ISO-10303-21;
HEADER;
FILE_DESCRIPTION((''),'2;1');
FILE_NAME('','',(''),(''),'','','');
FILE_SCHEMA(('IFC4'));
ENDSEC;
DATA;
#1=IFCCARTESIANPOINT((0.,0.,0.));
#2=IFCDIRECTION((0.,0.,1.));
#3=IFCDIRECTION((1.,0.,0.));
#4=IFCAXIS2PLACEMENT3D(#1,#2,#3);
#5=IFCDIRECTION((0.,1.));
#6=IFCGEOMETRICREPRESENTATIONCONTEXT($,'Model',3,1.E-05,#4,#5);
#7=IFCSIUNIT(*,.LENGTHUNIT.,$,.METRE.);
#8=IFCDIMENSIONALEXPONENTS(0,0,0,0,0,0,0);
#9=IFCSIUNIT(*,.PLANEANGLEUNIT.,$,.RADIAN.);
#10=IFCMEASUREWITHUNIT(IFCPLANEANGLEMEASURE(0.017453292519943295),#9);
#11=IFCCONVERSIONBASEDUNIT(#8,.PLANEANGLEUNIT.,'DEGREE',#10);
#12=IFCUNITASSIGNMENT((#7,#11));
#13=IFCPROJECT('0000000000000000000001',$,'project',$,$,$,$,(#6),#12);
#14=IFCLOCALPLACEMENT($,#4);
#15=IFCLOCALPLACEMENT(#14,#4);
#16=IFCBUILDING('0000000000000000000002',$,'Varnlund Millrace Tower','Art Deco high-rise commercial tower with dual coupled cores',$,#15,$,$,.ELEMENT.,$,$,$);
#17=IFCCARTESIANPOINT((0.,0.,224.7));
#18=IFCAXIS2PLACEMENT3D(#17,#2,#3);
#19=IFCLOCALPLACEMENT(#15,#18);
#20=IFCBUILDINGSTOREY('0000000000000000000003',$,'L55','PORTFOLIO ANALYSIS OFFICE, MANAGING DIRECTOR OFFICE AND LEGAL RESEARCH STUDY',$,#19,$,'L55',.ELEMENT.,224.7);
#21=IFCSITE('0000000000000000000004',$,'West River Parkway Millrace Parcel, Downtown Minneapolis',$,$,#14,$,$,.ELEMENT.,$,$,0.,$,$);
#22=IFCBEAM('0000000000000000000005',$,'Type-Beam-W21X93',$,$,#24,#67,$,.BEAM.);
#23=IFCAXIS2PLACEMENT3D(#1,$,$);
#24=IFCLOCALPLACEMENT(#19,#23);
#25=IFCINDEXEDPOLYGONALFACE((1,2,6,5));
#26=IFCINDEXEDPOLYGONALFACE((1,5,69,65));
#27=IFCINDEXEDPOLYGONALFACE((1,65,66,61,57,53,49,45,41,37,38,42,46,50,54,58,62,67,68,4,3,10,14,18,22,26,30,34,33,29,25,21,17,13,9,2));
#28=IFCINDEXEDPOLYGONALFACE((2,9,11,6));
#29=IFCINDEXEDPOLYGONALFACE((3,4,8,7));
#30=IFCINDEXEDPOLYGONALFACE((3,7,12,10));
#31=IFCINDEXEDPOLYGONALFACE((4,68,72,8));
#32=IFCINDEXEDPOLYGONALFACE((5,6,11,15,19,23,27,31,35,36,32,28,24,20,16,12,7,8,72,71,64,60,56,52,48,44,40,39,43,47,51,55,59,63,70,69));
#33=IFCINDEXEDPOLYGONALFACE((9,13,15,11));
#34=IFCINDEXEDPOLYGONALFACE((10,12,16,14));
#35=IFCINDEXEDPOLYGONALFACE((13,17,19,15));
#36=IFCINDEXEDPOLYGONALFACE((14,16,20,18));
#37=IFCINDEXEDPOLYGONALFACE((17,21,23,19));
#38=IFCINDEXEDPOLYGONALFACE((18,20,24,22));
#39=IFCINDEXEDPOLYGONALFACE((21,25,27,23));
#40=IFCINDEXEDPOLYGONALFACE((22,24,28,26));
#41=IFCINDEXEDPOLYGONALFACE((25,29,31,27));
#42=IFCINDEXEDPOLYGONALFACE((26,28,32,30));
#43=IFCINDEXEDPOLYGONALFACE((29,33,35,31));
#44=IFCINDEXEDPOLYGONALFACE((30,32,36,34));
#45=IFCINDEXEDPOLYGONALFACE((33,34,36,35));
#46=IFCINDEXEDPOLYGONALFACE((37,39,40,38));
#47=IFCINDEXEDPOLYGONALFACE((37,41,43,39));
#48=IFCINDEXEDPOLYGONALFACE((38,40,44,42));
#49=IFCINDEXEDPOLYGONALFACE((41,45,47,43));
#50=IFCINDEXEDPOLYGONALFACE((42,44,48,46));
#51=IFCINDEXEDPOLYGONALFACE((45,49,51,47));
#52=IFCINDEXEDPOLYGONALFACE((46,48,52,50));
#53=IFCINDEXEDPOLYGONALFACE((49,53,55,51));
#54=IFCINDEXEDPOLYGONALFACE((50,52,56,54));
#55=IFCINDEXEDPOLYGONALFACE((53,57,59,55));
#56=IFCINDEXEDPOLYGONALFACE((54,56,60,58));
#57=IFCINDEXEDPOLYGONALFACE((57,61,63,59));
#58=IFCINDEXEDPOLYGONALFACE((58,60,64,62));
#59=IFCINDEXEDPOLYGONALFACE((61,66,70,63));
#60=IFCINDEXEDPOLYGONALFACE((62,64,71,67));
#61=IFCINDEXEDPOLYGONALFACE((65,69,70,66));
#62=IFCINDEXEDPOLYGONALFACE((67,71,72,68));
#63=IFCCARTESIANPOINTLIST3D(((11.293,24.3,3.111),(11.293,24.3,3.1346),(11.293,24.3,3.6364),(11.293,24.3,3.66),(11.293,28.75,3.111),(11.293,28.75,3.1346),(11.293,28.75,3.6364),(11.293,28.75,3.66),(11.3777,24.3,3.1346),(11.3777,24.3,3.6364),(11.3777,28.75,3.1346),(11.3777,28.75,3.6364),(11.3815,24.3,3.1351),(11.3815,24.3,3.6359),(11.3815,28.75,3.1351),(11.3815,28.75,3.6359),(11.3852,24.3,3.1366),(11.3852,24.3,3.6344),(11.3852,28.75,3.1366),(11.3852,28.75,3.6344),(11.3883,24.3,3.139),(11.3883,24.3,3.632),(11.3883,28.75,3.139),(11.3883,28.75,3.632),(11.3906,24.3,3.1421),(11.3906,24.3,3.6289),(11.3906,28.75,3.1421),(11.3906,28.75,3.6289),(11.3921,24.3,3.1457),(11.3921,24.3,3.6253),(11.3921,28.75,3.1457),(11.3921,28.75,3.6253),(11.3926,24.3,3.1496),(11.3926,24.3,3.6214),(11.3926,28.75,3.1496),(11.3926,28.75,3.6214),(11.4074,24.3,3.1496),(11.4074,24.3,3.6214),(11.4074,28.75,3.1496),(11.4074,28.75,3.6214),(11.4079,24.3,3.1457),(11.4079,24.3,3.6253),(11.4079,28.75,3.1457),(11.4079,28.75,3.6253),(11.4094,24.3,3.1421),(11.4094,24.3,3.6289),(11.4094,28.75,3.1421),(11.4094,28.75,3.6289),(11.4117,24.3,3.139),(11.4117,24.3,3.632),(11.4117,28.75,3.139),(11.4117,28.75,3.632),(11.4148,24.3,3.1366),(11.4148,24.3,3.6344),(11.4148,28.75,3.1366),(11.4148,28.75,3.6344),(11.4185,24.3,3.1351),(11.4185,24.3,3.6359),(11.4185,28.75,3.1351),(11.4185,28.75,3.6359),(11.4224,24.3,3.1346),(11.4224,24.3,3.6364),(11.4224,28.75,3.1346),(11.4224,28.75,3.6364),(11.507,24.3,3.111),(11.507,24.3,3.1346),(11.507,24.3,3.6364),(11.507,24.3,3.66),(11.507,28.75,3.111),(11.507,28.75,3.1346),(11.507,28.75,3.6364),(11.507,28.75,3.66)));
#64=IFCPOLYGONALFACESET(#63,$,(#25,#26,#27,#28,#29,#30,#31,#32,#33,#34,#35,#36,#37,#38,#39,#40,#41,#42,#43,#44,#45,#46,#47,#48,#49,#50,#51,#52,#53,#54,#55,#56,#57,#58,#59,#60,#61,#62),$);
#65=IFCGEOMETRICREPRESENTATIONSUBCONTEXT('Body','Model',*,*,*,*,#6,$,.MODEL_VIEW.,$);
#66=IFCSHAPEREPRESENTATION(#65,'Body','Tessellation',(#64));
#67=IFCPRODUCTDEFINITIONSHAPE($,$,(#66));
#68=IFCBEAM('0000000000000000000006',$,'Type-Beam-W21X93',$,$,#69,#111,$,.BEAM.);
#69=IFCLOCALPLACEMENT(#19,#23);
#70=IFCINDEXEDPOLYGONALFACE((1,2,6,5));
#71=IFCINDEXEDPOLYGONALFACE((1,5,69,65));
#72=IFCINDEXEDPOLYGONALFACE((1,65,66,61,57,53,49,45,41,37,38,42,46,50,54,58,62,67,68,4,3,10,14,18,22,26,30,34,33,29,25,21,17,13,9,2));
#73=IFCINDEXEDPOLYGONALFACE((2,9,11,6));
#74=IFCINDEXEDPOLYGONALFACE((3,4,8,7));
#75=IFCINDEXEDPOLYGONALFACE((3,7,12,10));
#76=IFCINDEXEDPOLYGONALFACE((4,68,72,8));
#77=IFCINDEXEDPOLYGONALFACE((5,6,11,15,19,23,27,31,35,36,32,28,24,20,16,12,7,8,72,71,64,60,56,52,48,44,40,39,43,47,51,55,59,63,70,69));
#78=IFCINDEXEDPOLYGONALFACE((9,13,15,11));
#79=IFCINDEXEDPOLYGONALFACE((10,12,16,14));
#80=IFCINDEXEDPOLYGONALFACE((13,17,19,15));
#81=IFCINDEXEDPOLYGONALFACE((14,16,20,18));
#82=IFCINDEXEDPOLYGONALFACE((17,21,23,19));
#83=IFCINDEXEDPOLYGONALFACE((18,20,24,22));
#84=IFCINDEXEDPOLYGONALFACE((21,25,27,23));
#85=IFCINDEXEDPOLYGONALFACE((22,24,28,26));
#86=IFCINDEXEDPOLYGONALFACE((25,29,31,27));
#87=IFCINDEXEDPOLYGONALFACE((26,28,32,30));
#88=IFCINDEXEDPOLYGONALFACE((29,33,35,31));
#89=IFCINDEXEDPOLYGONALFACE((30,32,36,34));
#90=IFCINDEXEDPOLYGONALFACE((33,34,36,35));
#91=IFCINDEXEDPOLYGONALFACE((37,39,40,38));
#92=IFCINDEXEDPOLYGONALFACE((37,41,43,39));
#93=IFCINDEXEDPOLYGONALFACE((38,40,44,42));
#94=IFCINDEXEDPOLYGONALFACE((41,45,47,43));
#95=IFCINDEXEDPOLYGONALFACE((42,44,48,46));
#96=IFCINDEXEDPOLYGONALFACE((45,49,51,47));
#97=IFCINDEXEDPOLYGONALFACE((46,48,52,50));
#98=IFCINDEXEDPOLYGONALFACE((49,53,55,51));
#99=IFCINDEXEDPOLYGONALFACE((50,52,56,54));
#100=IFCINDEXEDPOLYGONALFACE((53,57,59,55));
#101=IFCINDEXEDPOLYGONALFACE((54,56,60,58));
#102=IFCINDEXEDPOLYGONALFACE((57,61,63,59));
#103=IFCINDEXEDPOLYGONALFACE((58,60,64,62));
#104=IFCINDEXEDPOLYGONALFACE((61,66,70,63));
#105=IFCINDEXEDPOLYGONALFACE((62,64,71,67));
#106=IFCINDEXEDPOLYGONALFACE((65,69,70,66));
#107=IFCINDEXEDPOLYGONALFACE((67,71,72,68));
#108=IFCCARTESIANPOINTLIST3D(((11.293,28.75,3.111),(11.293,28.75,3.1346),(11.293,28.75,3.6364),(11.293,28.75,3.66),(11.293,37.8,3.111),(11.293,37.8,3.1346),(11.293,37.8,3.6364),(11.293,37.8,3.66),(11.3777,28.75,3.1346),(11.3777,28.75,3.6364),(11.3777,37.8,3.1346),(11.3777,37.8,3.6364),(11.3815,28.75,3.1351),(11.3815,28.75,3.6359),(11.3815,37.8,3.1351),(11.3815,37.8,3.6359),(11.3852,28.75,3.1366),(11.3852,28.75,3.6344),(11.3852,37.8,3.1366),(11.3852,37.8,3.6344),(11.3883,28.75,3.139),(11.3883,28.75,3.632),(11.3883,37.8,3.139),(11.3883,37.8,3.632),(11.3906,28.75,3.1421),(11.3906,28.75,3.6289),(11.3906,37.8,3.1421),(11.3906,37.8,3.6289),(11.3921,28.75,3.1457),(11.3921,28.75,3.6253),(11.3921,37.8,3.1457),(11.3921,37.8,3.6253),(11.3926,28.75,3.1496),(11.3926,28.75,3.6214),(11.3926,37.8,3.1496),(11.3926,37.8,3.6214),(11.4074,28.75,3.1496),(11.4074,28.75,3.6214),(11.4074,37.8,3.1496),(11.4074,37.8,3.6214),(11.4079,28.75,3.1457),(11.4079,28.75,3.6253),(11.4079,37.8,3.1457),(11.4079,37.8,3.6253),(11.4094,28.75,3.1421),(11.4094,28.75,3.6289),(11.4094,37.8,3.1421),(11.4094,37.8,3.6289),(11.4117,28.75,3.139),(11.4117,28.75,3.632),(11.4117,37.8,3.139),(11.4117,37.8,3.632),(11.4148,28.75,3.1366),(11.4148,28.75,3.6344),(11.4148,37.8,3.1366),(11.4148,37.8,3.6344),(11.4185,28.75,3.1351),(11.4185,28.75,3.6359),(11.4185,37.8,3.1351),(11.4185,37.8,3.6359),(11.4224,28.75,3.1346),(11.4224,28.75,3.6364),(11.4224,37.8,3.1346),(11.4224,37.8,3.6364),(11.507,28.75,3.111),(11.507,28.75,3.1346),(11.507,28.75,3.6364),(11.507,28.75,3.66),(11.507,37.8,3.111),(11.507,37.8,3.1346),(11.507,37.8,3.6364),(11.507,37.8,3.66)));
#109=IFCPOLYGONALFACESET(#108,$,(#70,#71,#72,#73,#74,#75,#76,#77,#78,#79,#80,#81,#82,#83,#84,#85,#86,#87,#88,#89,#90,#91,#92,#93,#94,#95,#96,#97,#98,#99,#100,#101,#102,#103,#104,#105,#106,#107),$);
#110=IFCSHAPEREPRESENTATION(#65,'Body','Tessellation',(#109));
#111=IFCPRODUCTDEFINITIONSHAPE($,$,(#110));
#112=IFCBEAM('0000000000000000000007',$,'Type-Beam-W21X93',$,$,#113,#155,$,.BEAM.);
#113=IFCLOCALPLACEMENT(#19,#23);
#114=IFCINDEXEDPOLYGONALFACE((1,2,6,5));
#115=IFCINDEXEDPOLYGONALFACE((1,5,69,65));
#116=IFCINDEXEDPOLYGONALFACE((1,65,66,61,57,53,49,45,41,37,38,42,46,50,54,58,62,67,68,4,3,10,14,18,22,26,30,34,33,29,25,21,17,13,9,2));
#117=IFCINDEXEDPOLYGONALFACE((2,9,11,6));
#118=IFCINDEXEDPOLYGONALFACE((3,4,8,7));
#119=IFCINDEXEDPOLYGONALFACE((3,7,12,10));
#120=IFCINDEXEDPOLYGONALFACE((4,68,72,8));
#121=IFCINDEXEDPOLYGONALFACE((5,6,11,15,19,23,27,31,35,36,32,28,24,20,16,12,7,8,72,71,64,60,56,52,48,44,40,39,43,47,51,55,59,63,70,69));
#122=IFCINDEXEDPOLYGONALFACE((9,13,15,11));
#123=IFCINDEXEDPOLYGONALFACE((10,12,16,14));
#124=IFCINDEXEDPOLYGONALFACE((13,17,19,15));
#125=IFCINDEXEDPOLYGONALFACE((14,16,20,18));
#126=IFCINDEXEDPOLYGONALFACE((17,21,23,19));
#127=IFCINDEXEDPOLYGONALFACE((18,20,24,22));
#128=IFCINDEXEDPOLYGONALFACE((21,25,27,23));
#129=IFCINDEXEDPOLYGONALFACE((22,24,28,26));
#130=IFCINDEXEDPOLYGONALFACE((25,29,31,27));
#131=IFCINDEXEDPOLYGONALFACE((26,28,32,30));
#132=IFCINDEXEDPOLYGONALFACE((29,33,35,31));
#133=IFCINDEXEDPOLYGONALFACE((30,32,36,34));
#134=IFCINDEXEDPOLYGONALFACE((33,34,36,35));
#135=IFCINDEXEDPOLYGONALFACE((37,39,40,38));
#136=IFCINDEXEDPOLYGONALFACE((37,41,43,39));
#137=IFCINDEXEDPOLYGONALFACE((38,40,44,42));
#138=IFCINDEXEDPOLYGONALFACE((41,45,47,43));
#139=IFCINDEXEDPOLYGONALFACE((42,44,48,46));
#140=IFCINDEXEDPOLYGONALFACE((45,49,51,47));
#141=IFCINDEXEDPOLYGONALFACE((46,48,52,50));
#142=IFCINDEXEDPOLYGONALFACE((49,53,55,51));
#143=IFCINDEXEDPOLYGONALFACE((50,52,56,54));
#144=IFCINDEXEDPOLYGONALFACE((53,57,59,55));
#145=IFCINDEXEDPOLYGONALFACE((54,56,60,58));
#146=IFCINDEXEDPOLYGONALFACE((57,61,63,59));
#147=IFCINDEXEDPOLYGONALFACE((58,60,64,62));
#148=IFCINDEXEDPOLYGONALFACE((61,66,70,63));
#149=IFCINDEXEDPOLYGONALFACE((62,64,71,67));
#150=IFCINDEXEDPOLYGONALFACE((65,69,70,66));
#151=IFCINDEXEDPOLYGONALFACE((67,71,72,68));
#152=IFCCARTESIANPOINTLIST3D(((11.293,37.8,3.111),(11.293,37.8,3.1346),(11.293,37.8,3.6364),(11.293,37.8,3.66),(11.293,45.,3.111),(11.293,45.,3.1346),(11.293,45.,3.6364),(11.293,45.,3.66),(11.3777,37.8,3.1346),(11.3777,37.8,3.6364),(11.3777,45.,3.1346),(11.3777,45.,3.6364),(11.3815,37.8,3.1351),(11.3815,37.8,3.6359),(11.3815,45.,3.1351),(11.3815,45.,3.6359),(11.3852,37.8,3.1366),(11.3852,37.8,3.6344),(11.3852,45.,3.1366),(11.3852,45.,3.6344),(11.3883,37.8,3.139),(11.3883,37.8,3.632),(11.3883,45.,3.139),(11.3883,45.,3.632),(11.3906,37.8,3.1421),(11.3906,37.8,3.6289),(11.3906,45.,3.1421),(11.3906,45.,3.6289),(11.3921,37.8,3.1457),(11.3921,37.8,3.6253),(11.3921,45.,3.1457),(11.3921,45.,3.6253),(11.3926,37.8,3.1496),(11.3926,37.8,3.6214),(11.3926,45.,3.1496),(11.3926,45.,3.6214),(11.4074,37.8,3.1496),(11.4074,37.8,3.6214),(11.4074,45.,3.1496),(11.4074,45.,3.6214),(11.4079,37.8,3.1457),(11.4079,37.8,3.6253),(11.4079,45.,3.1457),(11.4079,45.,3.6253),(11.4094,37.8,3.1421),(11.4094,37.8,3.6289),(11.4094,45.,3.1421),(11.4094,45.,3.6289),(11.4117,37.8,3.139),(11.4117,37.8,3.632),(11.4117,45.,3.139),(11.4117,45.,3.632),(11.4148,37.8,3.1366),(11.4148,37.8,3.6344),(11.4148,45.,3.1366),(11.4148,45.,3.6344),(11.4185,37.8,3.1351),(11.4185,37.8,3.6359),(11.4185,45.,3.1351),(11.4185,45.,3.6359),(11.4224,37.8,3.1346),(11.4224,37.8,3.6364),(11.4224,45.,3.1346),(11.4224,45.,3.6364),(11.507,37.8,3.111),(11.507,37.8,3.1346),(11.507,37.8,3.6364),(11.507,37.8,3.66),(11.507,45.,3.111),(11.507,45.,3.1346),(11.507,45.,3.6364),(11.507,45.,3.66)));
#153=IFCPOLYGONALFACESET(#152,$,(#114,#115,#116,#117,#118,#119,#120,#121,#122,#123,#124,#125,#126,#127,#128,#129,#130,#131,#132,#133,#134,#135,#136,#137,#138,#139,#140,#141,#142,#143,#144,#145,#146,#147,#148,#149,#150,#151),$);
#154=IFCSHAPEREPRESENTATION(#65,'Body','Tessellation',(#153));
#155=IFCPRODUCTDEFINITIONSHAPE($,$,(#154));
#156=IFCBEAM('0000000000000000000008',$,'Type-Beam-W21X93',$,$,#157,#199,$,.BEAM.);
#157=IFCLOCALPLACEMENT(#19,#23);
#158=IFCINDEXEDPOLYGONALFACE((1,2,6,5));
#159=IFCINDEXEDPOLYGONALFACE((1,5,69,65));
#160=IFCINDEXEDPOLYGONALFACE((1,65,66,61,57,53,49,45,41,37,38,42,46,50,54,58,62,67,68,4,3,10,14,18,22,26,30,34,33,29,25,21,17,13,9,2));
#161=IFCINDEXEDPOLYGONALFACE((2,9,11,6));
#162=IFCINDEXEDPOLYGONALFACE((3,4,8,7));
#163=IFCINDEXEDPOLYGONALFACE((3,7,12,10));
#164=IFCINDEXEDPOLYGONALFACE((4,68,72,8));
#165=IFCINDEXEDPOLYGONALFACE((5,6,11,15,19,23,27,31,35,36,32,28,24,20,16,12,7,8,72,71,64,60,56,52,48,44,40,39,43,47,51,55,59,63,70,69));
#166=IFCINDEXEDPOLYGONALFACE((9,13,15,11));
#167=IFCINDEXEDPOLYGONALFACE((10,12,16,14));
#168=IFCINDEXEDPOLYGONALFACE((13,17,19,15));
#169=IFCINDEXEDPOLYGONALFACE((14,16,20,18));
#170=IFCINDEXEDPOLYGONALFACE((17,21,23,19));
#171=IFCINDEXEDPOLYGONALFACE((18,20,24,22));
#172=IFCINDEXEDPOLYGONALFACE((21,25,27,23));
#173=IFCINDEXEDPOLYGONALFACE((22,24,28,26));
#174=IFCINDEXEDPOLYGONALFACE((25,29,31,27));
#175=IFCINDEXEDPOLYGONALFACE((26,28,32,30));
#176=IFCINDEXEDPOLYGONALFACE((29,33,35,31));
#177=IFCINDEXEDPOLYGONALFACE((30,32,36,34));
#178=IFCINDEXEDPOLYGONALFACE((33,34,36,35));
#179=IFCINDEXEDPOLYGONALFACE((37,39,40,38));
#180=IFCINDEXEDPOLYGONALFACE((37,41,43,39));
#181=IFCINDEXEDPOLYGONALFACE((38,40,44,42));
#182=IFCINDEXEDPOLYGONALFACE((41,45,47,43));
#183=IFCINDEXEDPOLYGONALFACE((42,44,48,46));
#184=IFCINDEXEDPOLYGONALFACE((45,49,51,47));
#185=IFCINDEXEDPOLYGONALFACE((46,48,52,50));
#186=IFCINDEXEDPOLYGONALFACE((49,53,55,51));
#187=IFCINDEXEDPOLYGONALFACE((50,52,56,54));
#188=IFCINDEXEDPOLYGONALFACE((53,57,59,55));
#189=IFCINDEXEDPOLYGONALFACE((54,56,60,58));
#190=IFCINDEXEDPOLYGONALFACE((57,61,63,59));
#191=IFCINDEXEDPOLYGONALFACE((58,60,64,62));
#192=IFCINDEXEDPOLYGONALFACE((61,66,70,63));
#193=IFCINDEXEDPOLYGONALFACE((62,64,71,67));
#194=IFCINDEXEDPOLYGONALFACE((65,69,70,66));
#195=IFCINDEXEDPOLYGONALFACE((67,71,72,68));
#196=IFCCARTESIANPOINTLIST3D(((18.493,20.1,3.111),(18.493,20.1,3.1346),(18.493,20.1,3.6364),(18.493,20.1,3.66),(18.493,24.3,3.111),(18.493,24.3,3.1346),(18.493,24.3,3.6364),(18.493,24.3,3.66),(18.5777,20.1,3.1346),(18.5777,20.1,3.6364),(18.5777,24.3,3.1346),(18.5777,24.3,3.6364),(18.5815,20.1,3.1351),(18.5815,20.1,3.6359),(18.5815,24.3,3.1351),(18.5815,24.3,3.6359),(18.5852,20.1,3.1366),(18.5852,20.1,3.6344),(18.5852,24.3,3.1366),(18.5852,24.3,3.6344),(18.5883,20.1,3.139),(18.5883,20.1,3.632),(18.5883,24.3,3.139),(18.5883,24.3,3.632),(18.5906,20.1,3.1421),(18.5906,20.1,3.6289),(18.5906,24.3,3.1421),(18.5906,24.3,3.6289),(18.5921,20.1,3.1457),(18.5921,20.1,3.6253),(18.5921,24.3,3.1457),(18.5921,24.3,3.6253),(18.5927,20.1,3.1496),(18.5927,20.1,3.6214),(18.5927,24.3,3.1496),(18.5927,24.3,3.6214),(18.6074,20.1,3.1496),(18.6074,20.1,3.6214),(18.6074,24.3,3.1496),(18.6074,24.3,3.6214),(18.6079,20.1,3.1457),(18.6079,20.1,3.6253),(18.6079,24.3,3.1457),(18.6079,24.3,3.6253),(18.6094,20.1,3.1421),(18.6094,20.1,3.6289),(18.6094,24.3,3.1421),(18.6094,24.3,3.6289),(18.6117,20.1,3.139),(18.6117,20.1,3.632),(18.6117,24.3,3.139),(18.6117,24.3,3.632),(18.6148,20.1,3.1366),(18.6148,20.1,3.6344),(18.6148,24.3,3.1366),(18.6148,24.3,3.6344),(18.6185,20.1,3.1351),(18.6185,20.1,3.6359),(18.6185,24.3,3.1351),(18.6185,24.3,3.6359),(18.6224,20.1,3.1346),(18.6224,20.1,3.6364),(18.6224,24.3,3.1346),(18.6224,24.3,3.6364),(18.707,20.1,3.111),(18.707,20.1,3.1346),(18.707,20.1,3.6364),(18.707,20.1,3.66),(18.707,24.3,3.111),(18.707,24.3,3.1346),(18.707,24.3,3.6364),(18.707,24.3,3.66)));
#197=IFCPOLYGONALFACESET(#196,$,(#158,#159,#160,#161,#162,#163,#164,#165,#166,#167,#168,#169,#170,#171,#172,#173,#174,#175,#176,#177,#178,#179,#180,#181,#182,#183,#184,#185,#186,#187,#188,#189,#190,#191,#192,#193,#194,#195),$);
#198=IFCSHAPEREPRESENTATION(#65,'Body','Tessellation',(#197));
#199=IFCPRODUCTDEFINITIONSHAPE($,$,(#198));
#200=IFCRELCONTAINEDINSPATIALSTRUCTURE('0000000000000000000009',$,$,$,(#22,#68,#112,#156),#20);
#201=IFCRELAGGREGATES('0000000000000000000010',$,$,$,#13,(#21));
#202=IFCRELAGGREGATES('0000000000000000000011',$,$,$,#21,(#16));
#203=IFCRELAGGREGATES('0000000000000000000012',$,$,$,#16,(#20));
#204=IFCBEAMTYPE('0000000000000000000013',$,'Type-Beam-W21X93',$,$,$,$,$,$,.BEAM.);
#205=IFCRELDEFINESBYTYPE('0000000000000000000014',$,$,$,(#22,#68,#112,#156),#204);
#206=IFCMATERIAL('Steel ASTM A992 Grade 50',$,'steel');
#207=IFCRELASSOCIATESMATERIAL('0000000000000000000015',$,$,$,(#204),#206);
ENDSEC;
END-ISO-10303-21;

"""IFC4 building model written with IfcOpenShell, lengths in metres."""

from ifc_helpers import new_model, entity, si_unit, converted_unit, direction, frame, origin_with_axes, origin_2d_with_axis, place, context, subcontext, project, spatial, i_section, extrude, material, material_profile, profile_set, type_object, element, save


model = new_model("IFC4")

# Units and contexts
model_context = context("Model", 3, precision=1e-05, world=origin_with_axes(), true_north=direction((0.0, 1.0)))
body_context = subcontext(model_context, "Body", "Model", "MODEL_VIEW")
ifc_project = project(units=[si_unit("LENGTHUNIT", "METRE"), converted_unit("PLANEANGLEUNIT", "DEGREE", entity("IfcPlaneAngleMeasure", 0.017453292519943295), si_unit("PLANEANGLEUNIT", "RADIAN"), dimensions=[0, 0, 0, 0, 0, 0, 0])], contexts=[model_context])

# Site, building, storey
site_placement = place(None, origin_with_axes())
site = spatial("IfcSite", under=ifc_project, at=site_placement, Name="West River Parkway Millrace Parcel, Downtown Minneapolis", CompositionType="ELEMENT", RefElevation=0.0)
building_placement = place(site_placement, origin_with_axes())
building = spatial("IfcBuilding", under=site, at=building_placement, Name="Varnlund Millrace Tower", Description="Art Deco high-rise commercial tower with dual coupled cores", CompositionType="ELEMENT")
storey_placement = place(building_placement, frame((0.0, 0.0, 224.7), z_axis=(0.0, 0.0, 1.0), x_axis=(1.0, 0.0, 0.0)))
storey = spatial("IfcBuildingStorey", under=building, at=storey_placement, Name="L55", Description="PORTFOLIO ANALYSIS OFFICE, MANAGING DIRECTOR OFFICE AND LEGAL RESEARCH STUDY", LongName="L55", CompositionType="ELEMENT", Elevation=224.7)

# Beams
ifc_material_1 = material(Name="Steel ASTM A992 Grade 50", Category="steel")
ifc_material_profile_1 = material_profile(ifc_material_1, i_section(OverallWidth=0.214, OverallDepth=0.549, WebThickness=0.0147, FlangeThickness=0.0236, FilletRadius=0.015, at=origin_2d_with_axis()), Name="Steel ASTM A992 Grade 50")
ifc_profile_set_1 = profile_set([ifc_material_profile_1], Name="Steel ASTM A992 Grade 50")
beam_type_1 = type_object("IfcBeamType", Name="Type-Beam-W21X93", PredefinedType="BEAM", material=ifc_profile_set_1)
beam_1_placement = place(storey_placement, frame((11.4, 24.3, 3.3855), z_axis=(0.0, 1.0, 0.0), x_axis=(-1.0, 0.0, 0.0)))
element("IfcBeam", 1, at=beam_1_placement, inside=storey, type_object=beam_type_1, Name="Type-Beam-W21X93", PredefinedType="BEAM", context=body_context, shape_type="SweptSolid", body=[
    extrude(i_section(OverallWidth=0.214, OverallDepth=0.549, WebThickness=0.0147, FlangeThickness=0.0236, FilletRadius=0.015, at=origin_2d_with_axis()), origin_with_axes(), (0.0, 0.0, 1.0), 4.45),
])
beam_2_placement = place(storey_placement, frame((11.4, 28.75, 3.3855), z_axis=(0.0, 1.0, 0.0), x_axis=(-1.0, 0.0, 0.0)))
element("IfcBeam", 2, at=beam_2_placement, inside=storey, type_object=beam_type_1, Name="Type-Beam-W21X93", PredefinedType="BEAM", context=body_context, shape_type="SweptSolid", body=[
    extrude(i_section(OverallWidth=0.214, OverallDepth=0.549, WebThickness=0.0147, FlangeThickness=0.0236, FilletRadius=0.015, at=origin_2d_with_axis()), origin_with_axes(), (0.0, 0.0, 1.0), 9.05),
])
beam_3_placement = place(storey_placement, frame((11.4, 37.8, 3.3855), z_axis=(0.0, 1.0, 0.0), x_axis=(-1.0, 0.0, 0.0)))
element("IfcBeam", 3, at=beam_3_placement, inside=storey, type_object=beam_type_1, Name="Type-Beam-W21X93", PredefinedType="BEAM", context=body_context, shape_type="SweptSolid", body=[
    extrude(i_section(OverallWidth=0.214, OverallDepth=0.549, WebThickness=0.0147, FlangeThickness=0.0236, FilletRadius=0.015, at=origin_2d_with_axis()), origin_with_axes(), (0.0, 0.0, 1.0), 7.2),
])
beam_4_placement = place(storey_placement, frame((18.6, 20.1, 3.3855), z_axis=(0.0, 1.0, 0.0), x_axis=(-1.0, 0.0, 0.0)))
element("IfcBeam", 4, at=beam_4_placement, inside=storey, type_object=beam_type_1, Name="Type-Beam-W21X93", PredefinedType="BEAM", context=body_context, shape_type="SweptSolid", body=[
    extrude(i_section(OverallWidth=0.214, OverallDepth=0.549, WebThickness=0.0147, FlangeThickness=0.0236, FilletRadius=0.015, at=origin_2d_with_axis()), origin_with_axes(), (0.0, 0.0, 1.0), 4.2),
])

save(model, "model.ifc")
